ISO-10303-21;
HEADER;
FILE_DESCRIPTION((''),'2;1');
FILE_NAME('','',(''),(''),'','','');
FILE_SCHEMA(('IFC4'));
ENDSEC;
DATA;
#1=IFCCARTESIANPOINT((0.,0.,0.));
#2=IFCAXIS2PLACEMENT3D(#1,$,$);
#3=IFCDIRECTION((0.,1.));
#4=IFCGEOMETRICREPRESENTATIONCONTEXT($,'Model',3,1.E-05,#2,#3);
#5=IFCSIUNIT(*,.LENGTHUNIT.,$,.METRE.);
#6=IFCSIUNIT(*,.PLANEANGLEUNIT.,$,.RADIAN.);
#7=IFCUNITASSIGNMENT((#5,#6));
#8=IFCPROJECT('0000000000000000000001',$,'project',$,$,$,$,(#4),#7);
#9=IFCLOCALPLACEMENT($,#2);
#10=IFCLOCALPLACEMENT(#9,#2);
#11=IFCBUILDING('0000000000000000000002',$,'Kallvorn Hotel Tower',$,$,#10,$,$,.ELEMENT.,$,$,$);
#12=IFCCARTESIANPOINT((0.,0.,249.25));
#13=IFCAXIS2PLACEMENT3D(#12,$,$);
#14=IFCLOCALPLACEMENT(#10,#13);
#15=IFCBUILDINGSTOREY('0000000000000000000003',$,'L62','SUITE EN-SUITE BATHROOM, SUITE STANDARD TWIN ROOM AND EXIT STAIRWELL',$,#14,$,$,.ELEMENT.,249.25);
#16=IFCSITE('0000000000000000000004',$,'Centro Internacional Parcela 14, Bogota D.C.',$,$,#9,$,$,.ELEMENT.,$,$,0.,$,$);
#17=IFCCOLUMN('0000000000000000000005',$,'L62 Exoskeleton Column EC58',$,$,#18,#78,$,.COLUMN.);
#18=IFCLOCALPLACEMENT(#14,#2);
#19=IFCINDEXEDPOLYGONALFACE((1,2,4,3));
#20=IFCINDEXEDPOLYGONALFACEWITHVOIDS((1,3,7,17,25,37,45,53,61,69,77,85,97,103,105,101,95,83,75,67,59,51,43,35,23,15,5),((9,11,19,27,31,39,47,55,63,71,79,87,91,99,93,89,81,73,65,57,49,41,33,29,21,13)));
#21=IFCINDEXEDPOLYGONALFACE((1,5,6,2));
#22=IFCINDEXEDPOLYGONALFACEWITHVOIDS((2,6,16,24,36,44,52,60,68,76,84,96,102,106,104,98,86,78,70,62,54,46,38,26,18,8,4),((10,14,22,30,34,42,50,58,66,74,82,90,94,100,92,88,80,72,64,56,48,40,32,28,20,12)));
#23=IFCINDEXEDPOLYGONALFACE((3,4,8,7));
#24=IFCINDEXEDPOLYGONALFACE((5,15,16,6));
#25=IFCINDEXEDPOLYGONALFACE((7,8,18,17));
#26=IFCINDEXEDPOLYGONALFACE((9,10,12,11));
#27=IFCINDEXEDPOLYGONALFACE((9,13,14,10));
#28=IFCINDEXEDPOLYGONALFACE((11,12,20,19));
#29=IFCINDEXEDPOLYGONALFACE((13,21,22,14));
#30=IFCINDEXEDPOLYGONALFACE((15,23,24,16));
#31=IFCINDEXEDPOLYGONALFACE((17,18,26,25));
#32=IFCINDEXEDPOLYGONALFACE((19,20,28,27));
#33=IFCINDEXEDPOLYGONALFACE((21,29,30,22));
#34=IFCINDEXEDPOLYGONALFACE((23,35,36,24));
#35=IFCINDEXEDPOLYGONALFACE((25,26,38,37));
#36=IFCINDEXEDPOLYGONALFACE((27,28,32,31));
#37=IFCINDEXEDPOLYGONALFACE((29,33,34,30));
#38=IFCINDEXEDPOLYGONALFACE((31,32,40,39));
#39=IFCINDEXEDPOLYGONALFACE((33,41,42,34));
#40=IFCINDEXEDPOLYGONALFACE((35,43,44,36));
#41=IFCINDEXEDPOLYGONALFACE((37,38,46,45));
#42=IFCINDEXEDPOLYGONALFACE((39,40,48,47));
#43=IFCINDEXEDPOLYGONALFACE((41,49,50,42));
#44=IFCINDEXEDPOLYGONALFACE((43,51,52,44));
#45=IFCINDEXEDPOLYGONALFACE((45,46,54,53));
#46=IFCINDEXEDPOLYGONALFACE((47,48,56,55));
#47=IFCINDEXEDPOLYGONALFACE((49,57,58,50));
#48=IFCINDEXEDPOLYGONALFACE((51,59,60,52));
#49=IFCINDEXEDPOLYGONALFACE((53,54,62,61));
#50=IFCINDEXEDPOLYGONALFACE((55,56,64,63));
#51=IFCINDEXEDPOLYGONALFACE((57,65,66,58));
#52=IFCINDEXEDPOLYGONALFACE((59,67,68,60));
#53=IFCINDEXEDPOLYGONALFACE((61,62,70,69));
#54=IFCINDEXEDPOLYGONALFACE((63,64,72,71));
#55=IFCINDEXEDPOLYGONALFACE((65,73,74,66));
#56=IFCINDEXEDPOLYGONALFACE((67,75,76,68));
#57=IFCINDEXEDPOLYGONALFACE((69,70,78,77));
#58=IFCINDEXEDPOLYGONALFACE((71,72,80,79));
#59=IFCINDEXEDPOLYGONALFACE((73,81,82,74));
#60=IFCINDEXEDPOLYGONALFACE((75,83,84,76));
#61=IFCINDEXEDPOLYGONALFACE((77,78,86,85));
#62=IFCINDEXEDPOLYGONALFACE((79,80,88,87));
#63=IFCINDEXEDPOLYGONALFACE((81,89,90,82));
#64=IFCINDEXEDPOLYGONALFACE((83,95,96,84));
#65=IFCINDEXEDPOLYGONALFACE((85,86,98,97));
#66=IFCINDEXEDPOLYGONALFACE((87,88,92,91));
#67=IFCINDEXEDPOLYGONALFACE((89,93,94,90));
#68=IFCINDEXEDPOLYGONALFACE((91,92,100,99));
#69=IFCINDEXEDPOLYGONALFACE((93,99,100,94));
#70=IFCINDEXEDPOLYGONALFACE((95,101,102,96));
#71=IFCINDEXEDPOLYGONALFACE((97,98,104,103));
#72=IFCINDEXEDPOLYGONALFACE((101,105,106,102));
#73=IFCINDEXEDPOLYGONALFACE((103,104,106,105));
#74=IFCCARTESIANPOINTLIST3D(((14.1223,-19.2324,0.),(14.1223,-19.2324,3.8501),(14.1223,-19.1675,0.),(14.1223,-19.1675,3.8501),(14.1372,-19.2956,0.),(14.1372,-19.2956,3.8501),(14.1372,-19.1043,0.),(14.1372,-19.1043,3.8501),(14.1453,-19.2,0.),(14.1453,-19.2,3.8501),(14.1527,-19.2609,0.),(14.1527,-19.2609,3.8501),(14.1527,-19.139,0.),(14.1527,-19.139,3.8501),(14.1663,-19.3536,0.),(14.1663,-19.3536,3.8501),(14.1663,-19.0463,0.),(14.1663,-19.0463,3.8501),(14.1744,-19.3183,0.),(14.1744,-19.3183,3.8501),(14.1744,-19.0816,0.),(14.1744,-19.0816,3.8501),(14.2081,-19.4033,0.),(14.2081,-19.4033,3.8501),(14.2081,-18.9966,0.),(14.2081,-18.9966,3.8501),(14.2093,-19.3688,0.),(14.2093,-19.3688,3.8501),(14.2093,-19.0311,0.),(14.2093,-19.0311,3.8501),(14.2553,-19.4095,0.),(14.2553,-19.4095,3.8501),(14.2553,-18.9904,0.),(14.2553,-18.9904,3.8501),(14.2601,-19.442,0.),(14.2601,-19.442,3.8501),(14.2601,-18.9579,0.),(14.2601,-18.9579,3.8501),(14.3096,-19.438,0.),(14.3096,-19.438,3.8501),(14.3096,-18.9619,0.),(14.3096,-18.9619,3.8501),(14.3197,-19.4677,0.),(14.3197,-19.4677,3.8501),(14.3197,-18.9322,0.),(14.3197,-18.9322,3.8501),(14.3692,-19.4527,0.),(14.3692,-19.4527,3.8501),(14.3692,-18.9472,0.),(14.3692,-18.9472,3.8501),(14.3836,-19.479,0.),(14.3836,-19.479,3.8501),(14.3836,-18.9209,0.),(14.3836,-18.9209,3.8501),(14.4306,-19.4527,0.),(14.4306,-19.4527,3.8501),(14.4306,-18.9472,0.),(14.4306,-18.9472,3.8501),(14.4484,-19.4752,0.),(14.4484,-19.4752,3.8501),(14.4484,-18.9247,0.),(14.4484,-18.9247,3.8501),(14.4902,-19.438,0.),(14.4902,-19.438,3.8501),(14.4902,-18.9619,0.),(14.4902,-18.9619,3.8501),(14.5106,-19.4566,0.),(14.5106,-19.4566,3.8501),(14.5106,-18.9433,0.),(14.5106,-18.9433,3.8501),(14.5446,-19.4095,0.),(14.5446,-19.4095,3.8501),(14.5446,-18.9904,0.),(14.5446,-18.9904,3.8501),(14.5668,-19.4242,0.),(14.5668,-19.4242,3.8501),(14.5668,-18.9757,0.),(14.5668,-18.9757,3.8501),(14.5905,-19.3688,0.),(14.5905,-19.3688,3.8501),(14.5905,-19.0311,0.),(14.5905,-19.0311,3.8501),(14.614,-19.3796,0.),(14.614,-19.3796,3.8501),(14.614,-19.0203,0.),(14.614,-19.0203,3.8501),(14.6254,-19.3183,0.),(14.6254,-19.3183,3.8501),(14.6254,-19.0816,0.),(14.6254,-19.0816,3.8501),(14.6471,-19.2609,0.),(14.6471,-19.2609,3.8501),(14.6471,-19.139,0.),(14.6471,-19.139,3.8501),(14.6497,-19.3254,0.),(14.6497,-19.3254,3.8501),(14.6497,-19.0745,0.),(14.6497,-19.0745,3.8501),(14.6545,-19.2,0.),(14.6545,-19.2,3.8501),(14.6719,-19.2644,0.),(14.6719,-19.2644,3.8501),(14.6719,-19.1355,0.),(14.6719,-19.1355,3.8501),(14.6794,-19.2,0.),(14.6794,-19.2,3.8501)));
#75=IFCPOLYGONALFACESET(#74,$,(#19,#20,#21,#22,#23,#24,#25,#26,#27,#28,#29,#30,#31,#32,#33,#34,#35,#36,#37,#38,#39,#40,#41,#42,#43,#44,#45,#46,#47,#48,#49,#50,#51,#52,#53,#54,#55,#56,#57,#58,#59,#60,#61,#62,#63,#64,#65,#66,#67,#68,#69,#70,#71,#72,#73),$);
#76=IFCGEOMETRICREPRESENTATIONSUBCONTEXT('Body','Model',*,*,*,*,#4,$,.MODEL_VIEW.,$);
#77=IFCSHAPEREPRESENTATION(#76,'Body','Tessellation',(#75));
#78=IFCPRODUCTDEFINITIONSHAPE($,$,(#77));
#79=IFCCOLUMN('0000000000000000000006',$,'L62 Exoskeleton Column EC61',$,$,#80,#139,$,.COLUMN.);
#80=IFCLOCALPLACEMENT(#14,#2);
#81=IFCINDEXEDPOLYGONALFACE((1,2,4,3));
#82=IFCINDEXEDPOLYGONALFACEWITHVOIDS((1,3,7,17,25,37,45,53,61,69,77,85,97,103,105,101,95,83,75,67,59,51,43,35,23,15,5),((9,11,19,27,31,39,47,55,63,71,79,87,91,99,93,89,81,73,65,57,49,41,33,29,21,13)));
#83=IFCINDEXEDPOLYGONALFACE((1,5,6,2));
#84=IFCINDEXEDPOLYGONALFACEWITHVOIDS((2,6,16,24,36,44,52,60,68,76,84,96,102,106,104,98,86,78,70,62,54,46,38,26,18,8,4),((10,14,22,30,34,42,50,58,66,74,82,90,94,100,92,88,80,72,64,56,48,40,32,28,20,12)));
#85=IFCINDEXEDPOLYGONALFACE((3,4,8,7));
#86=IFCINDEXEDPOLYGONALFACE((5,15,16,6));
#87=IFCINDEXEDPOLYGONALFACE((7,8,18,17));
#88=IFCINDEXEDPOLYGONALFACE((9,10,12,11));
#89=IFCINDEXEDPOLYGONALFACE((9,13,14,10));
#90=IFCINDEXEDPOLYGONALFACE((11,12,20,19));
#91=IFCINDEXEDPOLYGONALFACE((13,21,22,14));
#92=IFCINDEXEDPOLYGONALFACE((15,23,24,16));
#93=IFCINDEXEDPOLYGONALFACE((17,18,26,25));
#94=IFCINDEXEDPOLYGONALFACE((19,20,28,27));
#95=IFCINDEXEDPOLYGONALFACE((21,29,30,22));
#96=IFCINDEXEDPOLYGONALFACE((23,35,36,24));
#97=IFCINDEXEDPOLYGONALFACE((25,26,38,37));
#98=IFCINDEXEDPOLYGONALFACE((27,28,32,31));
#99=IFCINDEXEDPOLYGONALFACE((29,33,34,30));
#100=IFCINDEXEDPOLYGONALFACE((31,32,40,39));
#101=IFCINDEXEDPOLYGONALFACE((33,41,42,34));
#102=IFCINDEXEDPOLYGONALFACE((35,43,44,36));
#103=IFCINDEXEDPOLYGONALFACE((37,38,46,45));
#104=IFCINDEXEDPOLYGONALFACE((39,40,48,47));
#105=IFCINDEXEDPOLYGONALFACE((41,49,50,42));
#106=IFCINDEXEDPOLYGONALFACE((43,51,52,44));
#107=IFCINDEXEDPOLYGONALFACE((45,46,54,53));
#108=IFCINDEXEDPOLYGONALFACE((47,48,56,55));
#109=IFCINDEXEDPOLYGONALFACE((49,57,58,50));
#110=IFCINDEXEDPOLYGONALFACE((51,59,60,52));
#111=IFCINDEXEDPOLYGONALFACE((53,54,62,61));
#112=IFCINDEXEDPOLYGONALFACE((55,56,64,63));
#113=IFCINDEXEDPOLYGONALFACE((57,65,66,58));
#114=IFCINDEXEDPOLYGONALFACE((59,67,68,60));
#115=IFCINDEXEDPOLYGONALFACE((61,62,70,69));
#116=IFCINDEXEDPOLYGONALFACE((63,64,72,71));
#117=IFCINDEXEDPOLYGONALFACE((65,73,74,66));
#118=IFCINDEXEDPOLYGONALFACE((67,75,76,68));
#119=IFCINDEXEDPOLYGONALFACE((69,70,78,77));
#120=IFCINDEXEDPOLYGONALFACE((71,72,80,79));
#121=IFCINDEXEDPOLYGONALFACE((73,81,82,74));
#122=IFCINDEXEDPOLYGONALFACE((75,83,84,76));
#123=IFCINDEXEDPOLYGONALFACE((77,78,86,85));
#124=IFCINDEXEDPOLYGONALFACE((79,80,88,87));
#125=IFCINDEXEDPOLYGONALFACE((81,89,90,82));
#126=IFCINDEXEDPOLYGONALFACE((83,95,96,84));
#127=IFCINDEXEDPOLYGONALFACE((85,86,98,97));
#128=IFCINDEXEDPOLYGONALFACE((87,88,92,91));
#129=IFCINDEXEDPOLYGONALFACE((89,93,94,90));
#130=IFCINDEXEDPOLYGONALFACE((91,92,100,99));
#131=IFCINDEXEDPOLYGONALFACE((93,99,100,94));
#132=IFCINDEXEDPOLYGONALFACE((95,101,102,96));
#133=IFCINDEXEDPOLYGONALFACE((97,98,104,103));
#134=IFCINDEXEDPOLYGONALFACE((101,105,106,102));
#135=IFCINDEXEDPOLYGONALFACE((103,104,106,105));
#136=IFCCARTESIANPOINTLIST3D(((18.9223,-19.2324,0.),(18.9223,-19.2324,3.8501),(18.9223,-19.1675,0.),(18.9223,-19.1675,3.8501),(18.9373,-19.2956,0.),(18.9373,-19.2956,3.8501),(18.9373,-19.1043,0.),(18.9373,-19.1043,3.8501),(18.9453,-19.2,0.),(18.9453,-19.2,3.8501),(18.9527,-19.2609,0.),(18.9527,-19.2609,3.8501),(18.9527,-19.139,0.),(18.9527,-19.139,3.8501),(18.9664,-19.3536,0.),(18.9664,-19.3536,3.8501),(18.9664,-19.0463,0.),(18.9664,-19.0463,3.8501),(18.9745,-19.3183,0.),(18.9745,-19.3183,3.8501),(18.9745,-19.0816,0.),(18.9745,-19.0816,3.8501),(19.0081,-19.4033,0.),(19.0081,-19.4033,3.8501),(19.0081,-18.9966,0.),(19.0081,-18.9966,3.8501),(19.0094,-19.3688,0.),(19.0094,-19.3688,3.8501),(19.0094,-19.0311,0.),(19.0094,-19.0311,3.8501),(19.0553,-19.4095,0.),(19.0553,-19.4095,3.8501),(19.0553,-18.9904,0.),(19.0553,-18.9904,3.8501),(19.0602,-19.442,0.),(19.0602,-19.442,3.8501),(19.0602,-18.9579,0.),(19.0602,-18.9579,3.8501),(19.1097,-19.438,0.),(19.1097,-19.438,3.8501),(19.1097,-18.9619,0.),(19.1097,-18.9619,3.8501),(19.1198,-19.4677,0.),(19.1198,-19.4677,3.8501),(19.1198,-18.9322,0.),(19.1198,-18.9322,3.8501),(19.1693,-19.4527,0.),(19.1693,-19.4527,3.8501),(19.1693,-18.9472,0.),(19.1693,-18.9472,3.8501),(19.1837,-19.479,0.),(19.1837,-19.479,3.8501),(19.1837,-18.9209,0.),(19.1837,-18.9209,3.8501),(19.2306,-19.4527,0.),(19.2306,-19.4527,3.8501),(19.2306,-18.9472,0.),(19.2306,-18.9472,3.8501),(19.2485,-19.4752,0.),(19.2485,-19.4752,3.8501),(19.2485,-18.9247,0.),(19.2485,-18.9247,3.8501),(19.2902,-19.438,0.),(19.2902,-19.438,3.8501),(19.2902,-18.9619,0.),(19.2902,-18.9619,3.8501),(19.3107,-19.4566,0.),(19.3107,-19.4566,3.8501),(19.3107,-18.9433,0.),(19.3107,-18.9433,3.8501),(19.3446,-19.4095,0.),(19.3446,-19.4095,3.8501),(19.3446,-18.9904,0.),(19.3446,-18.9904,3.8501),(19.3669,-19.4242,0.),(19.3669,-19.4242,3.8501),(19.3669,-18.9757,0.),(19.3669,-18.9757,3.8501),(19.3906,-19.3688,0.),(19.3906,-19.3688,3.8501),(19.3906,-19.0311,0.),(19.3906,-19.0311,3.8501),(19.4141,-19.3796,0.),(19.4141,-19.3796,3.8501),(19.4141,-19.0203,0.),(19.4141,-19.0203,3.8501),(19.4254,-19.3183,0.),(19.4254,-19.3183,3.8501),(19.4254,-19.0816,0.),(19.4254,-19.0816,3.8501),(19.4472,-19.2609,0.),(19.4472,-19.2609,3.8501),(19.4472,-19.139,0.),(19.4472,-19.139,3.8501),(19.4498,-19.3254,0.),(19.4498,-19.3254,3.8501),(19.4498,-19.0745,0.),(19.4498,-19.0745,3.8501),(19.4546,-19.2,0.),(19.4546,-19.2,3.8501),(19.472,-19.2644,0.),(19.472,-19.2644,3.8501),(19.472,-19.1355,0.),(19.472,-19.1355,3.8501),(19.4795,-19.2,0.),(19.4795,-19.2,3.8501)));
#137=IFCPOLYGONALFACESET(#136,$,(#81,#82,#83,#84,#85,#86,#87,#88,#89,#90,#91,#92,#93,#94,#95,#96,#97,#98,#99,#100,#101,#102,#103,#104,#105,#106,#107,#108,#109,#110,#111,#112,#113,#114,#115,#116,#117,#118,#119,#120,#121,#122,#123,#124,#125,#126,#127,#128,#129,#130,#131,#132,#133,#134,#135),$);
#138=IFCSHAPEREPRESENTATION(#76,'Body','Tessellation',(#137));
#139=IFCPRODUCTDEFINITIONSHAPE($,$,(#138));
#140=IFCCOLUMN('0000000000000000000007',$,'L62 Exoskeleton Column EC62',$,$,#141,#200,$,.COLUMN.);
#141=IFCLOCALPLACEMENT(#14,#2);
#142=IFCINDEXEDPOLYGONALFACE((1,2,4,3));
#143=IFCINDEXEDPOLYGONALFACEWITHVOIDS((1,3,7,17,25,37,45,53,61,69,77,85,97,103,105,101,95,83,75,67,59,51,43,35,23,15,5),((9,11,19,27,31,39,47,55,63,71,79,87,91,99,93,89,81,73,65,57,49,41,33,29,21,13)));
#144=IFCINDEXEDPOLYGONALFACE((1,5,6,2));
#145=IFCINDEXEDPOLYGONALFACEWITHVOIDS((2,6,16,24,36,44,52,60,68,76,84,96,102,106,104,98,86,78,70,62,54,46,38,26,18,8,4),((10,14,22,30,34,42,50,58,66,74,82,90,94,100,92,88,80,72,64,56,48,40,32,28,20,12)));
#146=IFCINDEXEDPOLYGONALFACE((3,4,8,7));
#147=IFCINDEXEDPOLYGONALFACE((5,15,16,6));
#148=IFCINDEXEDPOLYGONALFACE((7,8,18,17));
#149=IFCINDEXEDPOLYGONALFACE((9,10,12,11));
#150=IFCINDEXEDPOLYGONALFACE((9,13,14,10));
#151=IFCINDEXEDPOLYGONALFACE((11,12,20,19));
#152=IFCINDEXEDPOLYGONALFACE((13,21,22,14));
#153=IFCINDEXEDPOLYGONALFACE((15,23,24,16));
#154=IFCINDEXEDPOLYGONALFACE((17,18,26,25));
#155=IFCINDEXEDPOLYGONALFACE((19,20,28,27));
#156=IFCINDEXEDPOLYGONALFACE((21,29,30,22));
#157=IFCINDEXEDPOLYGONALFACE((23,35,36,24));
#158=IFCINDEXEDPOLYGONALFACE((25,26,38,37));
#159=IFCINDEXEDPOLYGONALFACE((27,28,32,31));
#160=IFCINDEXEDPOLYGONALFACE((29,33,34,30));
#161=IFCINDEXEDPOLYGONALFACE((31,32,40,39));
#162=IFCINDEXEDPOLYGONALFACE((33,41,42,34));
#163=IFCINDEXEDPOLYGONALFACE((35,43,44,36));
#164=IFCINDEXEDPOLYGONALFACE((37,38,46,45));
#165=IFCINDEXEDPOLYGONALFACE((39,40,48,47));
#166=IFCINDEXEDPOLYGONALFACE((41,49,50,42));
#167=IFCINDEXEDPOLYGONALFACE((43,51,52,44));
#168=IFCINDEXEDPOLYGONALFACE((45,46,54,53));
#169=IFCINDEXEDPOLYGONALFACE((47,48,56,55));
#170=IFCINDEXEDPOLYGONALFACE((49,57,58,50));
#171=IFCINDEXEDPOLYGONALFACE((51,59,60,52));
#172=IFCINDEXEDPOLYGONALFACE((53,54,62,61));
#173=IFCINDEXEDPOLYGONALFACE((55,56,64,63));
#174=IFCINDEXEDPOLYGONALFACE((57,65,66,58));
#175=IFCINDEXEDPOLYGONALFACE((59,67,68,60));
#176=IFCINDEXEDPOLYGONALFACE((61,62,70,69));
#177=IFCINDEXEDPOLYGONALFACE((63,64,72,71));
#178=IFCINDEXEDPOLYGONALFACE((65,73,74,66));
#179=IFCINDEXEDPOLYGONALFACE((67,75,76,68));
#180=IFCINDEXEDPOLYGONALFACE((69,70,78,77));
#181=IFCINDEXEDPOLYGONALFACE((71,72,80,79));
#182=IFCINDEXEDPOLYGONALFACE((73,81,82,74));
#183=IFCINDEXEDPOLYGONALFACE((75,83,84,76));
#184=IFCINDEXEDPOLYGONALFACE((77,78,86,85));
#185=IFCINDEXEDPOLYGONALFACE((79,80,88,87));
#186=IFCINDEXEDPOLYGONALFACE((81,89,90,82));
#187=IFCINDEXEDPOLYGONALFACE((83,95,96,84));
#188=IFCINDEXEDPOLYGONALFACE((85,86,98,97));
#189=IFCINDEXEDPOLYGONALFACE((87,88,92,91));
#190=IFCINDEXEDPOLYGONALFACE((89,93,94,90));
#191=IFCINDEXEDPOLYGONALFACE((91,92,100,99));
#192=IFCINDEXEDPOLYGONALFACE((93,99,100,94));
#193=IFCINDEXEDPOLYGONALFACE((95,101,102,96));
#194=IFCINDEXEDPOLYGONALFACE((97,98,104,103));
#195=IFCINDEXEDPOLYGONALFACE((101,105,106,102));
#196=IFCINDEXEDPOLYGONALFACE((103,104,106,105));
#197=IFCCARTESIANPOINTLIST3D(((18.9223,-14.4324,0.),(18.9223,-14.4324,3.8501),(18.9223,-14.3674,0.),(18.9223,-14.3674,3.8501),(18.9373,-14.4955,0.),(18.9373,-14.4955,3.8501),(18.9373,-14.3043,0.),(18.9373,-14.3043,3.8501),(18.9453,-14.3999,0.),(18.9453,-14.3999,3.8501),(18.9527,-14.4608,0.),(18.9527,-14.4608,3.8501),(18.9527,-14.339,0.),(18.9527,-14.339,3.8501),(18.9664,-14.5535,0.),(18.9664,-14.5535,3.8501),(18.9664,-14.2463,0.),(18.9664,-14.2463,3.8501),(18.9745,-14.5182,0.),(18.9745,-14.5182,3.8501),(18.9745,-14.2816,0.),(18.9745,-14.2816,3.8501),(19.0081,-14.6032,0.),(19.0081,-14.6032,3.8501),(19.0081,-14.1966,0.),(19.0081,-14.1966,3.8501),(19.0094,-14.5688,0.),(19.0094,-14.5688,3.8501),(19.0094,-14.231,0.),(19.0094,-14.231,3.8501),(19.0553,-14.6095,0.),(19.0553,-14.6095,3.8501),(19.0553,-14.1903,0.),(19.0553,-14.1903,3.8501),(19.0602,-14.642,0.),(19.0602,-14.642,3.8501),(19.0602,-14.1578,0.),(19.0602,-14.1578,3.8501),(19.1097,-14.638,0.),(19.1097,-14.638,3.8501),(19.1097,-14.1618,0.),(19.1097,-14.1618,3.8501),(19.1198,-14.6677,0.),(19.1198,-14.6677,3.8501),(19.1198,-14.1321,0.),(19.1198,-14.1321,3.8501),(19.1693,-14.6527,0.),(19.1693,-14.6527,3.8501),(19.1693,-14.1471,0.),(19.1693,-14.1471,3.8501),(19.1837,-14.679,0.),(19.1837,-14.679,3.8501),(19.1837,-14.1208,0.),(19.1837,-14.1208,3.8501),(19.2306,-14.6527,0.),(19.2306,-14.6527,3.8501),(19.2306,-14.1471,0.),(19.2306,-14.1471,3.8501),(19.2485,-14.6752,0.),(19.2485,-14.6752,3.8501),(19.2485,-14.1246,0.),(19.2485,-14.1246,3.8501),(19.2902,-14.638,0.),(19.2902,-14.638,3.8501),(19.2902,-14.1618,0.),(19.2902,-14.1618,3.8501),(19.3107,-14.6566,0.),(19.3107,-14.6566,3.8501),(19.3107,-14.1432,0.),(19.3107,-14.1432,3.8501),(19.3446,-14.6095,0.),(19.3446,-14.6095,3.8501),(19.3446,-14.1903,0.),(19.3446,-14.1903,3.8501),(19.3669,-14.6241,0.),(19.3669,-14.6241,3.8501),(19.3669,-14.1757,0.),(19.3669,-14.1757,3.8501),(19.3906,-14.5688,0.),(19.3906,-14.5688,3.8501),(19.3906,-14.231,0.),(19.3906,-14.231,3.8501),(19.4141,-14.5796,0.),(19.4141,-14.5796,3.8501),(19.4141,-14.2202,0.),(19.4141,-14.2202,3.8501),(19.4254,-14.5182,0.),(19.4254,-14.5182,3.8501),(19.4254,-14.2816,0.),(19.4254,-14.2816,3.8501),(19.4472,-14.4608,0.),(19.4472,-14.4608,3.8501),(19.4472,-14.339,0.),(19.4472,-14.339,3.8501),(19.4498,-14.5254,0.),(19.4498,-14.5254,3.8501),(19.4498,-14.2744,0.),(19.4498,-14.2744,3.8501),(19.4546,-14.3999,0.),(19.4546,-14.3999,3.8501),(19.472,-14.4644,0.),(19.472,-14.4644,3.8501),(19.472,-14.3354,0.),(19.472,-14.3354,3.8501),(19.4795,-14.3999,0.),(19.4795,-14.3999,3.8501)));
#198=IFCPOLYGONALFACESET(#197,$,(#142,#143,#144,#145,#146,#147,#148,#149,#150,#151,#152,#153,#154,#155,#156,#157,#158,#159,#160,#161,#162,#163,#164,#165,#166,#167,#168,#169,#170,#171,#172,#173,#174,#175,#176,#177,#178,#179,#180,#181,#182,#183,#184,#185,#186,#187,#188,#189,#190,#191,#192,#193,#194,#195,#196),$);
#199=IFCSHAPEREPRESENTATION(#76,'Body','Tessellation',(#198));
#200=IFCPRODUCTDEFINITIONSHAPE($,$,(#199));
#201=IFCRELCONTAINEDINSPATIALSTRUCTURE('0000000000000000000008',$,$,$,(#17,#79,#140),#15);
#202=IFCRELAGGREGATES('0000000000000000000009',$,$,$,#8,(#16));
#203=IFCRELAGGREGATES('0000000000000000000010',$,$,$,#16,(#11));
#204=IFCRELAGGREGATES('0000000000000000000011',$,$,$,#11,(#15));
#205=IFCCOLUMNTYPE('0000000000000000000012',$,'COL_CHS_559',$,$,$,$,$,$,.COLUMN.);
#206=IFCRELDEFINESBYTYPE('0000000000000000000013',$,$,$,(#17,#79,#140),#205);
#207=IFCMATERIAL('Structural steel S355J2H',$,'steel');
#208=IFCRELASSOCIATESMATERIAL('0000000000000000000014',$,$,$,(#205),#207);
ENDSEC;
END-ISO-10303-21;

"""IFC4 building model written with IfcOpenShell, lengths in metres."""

from ifc_helpers import new_model, si_unit, direction, frame, origin, origin_2d, place, context, subcontext, project, spatial, hollow_circle, extrude, material, material_profile, profile_set, type_object, element, save


model = new_model("IFC4")

# Units and contexts
model_context = context("Model", 3, precision=1e-05, world=origin(), true_north=direction((0.0, 1.0)))
body_context = subcontext(model_context, "Body", "Model", "MODEL_VIEW")
ifc_project = project(units=[si_unit("LENGTHUNIT", "METRE"), si_unit("PLANEANGLEUNIT", "RADIAN")], contexts=[model_context])

# Site, building, storey
site_placement = place(None, origin())
site = spatial("IfcSite", under=ifc_project, at=site_placement, Name="Centro Internacional Parcela 14, Bogota D.C.", CompositionType="ELEMENT", RefElevation=0.0)
building_placement = place(site_placement, origin())
building = spatial("IfcBuilding", under=site, at=building_placement, Name="Kallvorn Hotel Tower", CompositionType="ELEMENT")
storey_placement = place(building_placement, frame((0.0, 0.0, 249.25)))
storey = spatial("IfcBuildingStorey", under=building, at=storey_placement, Name="L62", Description="SUITE EN-SUITE BATHROOM, SUITE STANDARD TWIN ROOM AND EXIT STAIRWELL", CompositionType="ELEMENT", Elevation=249.25)

# Columns
ifc_material_1 = material(Name="Structural steel S355J2H", Category="steel")
ifc_material_profile_1 = material_profile(ifc_material_1, hollow_circle(Radius=0.2795, WallThickness=0.0249, at=origin_2d()), Name="CHS 559x25")
ifc_profile_set_1 = profile_set([ifc_material_profile_1], Name="Structural steel S355J2H")
column_type_1 = type_object("IfcColumnType", Name="COL_CHS_559", PredefinedType="COLUMN", material=ifc_profile_set_1)
for number, where, z_axis, x_axis, name in (
    (1, (14.3999, -19.2, 0.0), (0.0, 0.0, 1.0), (1.0, 0.0, 0.0), "L62 Exoskeleton Column EC58"),
    (2, (19.2, -19.2, 0.0), (0.0, 0.0, 1.0), (1.0, 0.0, 0.0), "L62 Exoskeleton Column EC61"),
    (3, (19.2, -14.3999, 0.0), (0.0, 0.0, 1.0), (1.0, 0.0, 0.0), "L62 Exoskeleton Column EC62"),
):
    element("IfcColumn", number, at=place(storey_placement, frame(where, z_axis=z_axis, x_axis=x_axis)), inside=storey, type_object=column_type_1, Name=name, PredefinedType="COLUMN", context=body_context, shape_type="SweptSolid", body=[
        extrude(hollow_circle(Radius=0.2795, WallThickness=0.0249, at=origin_2d()), origin(), (0.0, 0.0, 1.0), 3.8501),
    ])

save(model, "model.ifc")
